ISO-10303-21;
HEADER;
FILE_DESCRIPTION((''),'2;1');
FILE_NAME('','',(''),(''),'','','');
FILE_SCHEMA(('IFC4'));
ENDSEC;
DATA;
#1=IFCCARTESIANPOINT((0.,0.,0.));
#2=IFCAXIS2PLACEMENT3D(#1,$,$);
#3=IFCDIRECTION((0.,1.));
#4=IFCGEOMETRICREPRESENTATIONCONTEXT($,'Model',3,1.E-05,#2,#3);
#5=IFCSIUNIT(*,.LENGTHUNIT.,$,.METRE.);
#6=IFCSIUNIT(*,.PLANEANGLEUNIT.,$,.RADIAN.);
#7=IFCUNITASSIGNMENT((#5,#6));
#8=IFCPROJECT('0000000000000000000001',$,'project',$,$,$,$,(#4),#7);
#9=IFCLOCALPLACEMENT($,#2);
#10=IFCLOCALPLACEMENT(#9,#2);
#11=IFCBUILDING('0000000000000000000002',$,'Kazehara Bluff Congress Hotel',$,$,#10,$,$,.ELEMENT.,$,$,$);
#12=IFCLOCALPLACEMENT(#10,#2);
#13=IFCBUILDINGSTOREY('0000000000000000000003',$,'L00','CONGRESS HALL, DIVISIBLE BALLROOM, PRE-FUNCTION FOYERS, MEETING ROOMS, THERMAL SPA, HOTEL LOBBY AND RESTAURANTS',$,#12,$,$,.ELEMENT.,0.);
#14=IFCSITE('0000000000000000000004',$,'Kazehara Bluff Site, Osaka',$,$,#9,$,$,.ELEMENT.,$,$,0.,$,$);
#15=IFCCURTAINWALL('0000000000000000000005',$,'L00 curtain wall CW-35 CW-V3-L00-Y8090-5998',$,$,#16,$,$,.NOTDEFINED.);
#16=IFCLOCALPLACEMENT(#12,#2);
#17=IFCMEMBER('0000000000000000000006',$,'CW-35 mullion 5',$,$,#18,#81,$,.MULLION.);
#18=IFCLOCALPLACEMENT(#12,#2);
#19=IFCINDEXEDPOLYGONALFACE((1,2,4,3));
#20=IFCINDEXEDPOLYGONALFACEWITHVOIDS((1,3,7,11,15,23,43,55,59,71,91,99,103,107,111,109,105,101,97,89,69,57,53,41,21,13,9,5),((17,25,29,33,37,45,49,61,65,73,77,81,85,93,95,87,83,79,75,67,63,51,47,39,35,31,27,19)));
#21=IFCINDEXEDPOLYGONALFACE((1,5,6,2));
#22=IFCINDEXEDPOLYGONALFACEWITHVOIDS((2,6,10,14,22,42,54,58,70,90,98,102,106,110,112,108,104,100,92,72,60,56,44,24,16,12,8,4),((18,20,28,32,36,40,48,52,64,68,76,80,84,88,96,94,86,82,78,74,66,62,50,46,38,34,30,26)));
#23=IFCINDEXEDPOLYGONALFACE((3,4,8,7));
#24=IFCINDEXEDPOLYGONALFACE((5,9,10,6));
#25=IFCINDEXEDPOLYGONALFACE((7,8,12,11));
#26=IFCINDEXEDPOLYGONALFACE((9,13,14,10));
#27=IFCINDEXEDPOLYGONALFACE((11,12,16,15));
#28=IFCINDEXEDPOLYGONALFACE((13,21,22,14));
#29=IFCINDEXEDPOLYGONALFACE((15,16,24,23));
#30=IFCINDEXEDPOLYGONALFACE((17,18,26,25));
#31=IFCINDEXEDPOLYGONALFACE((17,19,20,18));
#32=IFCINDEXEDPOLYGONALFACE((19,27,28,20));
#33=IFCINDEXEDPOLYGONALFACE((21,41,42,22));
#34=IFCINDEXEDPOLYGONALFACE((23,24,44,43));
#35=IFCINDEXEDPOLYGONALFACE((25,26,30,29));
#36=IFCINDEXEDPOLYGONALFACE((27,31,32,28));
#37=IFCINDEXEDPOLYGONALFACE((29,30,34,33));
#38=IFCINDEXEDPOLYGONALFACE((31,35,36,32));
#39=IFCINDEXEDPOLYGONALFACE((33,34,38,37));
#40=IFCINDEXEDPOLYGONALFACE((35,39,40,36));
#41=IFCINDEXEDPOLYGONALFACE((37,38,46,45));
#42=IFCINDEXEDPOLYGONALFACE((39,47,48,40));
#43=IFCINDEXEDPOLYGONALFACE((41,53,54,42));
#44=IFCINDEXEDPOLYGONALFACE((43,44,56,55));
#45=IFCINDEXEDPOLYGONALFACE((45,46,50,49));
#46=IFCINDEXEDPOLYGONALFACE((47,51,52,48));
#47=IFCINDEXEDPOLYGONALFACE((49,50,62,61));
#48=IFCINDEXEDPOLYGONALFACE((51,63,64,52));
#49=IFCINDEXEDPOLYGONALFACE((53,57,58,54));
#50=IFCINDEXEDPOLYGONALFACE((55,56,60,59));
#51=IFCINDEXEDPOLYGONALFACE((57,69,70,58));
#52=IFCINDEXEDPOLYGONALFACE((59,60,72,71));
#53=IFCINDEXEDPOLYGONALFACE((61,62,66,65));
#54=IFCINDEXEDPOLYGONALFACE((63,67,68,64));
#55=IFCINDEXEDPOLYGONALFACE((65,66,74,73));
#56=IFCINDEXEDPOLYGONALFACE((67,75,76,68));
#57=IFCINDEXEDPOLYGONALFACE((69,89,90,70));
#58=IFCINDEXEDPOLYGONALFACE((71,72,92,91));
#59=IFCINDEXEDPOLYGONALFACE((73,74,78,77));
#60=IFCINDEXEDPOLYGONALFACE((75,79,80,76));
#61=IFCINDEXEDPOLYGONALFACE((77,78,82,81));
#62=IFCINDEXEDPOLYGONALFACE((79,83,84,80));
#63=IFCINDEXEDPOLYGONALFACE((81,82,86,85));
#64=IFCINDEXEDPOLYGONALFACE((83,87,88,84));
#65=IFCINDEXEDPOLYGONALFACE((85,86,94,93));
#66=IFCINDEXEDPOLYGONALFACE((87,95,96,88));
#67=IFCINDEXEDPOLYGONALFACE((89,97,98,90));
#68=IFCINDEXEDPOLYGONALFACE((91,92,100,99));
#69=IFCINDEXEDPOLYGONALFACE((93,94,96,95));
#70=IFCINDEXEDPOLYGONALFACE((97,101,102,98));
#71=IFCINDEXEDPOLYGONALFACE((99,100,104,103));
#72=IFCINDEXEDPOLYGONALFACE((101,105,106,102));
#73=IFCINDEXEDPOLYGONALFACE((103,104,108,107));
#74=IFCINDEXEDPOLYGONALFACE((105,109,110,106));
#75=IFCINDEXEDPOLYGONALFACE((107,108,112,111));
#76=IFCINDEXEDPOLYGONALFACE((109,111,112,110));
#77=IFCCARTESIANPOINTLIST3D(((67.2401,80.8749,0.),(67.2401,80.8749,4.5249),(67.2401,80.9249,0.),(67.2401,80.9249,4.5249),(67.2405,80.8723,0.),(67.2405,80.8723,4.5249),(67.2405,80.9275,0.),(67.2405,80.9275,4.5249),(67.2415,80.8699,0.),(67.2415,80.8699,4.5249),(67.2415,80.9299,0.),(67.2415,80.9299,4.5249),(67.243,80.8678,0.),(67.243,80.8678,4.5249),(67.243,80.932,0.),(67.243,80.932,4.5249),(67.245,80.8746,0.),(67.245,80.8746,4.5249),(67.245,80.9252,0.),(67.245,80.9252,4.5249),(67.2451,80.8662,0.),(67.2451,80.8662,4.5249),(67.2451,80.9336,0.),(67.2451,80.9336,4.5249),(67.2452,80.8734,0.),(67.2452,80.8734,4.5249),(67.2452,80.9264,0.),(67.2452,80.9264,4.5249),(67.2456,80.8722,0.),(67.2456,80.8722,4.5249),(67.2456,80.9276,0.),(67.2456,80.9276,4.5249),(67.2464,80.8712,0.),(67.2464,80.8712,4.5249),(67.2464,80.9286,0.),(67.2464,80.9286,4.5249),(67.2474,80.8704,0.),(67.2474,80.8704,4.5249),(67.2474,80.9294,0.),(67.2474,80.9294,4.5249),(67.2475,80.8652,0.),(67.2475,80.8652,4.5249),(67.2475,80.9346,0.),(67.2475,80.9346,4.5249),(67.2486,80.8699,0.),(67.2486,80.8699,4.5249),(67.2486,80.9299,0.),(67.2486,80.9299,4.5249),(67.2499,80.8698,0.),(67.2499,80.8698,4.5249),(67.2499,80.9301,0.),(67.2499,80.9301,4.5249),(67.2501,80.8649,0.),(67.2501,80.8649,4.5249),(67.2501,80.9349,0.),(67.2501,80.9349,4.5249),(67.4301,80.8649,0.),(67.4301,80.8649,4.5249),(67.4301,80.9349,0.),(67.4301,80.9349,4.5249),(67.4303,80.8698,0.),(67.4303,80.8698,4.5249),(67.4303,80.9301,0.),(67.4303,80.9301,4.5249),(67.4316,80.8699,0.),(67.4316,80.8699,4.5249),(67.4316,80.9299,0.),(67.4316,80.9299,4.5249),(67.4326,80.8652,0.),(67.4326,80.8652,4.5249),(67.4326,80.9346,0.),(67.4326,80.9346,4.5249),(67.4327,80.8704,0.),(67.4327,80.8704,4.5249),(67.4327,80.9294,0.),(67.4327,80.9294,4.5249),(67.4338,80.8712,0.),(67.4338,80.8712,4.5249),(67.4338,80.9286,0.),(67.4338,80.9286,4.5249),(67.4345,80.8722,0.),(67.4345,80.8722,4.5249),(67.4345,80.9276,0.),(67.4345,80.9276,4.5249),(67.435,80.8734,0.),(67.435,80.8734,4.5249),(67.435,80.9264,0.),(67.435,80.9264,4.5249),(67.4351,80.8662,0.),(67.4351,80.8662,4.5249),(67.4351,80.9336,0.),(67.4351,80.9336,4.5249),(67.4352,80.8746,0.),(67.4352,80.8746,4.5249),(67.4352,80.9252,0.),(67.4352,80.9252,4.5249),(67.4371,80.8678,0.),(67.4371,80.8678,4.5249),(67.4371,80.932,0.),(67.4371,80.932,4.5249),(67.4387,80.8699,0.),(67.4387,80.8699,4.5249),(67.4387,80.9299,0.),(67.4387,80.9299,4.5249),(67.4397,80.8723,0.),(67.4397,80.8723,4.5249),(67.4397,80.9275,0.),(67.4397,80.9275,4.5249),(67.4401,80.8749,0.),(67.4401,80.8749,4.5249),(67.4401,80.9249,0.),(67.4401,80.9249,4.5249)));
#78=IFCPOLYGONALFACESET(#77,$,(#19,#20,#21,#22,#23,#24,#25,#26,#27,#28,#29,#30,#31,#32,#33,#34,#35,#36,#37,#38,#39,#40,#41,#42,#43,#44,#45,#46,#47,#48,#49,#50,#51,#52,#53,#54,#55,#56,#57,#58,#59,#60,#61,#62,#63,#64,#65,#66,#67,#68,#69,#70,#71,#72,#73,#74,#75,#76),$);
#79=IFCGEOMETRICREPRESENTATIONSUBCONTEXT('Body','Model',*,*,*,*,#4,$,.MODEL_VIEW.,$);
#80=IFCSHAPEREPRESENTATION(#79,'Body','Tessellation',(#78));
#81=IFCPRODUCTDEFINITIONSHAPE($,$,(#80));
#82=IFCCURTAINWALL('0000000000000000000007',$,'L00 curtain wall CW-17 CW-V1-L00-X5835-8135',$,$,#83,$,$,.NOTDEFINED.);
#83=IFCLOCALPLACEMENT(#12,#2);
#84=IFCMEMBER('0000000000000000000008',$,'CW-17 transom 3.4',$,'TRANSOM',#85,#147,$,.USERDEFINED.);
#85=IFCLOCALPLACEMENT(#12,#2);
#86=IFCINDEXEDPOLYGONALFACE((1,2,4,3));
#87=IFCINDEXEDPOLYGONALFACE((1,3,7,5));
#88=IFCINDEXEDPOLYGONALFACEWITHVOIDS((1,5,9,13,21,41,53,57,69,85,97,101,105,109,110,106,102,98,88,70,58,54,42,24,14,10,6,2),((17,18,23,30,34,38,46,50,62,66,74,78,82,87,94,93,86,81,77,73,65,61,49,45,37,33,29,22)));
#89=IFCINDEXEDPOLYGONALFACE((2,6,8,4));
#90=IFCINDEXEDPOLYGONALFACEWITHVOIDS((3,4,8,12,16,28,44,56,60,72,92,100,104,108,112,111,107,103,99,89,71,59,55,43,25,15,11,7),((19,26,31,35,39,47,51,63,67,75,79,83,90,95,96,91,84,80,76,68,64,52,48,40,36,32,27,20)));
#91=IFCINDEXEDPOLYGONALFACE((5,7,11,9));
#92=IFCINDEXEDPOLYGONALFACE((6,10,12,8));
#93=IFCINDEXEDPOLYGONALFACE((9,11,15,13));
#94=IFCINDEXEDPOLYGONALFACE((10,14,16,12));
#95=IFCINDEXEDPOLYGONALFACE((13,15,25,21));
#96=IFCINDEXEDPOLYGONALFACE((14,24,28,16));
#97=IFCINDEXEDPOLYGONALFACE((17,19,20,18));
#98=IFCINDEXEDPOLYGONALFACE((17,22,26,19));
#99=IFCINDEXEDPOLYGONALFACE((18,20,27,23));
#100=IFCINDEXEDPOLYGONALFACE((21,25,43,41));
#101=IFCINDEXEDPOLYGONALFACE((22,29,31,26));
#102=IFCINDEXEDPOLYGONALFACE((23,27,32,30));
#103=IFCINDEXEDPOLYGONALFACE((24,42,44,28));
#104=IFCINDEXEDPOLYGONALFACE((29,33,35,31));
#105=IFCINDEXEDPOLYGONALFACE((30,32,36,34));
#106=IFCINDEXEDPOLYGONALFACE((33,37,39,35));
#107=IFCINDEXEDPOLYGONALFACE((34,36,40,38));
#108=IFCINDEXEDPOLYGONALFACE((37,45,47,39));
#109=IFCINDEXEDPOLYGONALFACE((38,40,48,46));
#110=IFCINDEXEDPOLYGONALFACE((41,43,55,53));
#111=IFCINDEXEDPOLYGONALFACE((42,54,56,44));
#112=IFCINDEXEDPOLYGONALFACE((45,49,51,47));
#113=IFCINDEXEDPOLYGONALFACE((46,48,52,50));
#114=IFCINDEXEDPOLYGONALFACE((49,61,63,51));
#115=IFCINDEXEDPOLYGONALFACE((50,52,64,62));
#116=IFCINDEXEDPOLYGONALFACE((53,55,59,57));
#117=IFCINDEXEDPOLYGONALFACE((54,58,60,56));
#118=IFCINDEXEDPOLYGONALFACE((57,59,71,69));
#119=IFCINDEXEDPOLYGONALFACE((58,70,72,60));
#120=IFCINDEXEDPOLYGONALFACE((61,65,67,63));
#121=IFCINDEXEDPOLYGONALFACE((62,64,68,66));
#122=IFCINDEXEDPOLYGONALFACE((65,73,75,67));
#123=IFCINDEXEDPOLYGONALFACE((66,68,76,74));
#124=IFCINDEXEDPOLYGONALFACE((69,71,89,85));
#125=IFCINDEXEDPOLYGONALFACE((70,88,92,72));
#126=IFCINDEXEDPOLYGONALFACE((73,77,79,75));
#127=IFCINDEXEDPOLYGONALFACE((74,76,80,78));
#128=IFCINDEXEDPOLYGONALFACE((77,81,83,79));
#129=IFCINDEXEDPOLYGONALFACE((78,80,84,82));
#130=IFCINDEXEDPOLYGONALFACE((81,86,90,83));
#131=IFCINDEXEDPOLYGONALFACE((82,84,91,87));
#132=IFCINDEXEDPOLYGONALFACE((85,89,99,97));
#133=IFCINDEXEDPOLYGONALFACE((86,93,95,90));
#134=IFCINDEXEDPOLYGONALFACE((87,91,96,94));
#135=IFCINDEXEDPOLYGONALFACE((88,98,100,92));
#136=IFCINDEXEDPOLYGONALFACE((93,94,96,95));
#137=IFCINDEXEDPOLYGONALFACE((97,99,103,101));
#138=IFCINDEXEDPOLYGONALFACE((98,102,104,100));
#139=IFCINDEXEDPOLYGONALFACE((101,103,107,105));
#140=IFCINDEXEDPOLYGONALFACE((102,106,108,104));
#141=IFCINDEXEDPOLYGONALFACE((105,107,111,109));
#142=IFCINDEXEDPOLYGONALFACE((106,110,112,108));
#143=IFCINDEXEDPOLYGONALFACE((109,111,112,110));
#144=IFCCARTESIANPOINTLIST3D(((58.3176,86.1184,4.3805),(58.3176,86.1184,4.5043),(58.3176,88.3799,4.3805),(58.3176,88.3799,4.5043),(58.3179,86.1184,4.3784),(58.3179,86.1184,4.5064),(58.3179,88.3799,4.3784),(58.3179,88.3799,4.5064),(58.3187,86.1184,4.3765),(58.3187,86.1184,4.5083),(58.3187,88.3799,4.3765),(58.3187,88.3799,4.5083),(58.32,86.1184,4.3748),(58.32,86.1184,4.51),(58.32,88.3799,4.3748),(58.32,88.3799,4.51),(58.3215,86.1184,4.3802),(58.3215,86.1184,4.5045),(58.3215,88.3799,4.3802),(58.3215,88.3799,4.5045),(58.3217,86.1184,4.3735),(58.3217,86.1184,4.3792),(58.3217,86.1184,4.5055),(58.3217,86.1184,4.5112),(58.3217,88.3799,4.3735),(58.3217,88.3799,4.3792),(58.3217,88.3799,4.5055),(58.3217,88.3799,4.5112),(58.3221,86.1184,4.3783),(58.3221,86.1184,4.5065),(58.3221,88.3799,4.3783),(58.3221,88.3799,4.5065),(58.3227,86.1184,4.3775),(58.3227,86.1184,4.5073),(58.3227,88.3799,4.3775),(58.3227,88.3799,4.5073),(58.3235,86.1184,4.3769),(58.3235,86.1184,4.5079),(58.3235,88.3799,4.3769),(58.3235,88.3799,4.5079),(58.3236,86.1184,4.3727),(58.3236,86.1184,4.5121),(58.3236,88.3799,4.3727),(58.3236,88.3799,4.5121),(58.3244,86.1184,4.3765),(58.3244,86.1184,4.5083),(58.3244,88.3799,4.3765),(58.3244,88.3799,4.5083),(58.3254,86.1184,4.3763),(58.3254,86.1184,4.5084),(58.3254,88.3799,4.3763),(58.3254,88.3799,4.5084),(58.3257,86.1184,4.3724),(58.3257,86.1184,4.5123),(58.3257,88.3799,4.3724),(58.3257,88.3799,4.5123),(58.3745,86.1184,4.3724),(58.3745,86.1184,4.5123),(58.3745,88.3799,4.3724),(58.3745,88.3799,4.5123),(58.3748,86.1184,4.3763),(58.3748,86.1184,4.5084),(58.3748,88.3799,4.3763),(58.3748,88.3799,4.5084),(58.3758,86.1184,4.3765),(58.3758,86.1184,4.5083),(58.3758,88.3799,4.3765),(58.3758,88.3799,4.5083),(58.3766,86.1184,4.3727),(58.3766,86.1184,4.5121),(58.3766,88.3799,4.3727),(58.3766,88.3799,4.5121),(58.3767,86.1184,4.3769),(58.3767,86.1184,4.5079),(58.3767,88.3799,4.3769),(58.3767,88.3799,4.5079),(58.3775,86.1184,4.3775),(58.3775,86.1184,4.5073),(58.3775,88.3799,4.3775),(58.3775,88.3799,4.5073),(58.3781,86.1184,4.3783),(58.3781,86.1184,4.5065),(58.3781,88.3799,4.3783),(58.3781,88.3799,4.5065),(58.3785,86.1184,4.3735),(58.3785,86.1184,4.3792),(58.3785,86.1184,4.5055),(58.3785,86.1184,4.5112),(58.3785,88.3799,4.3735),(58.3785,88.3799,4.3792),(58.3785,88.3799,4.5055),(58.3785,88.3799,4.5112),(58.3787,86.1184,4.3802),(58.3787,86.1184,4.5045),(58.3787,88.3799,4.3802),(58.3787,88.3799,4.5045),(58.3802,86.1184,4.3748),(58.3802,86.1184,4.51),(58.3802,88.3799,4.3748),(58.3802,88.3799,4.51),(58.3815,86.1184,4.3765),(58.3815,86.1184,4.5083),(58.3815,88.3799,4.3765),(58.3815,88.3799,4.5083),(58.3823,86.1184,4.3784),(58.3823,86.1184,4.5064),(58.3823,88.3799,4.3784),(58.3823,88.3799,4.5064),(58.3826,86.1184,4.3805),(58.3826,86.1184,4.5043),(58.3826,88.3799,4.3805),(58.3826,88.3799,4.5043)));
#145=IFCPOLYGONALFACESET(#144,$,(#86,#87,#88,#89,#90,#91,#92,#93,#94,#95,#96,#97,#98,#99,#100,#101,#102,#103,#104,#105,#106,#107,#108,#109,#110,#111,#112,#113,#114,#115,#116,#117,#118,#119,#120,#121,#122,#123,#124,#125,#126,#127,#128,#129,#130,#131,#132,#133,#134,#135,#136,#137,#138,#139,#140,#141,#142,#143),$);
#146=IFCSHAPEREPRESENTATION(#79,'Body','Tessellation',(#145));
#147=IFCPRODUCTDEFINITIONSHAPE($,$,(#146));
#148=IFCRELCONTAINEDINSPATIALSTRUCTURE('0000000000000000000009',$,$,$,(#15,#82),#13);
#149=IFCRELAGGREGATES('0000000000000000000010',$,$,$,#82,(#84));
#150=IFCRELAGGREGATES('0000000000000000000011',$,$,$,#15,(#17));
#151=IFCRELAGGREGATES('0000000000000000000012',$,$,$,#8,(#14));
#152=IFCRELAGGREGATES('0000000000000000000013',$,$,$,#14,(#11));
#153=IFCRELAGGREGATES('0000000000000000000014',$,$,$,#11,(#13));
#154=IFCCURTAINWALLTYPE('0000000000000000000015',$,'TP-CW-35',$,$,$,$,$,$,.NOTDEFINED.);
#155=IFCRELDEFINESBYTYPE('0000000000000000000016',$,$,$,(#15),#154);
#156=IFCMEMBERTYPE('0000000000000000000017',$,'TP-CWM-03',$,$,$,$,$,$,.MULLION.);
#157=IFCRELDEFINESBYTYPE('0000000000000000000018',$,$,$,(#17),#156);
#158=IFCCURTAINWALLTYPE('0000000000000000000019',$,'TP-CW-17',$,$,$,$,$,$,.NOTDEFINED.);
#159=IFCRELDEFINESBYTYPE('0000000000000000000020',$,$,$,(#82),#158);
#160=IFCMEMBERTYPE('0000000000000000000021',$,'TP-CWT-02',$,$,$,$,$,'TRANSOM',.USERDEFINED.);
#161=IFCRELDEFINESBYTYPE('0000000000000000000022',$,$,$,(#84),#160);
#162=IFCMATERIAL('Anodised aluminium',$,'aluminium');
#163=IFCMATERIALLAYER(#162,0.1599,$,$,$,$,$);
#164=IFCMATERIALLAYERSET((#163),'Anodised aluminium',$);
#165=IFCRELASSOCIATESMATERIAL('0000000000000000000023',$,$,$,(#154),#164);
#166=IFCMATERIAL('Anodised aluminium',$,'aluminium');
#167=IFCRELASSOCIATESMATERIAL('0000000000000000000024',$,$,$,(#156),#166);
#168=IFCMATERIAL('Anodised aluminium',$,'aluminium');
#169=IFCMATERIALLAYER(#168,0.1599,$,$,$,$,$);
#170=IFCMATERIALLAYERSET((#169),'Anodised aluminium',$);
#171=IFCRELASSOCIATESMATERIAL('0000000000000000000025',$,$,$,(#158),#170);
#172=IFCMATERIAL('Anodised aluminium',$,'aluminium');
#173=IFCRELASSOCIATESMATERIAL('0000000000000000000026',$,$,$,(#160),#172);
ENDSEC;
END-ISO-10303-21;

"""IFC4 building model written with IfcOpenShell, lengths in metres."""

from ifc_helpers import new_model, si_unit, direction, frame, origin, origin_2d, place, context, subcontext, project, spatial, hollow_rectangle, extrude, material, layer, layer_set, material_profile, profile_set, type_object, element, aggregate, save


model = new_model("IFC4")

# Units and contexts
model_context = context("Model", 3, precision=1e-05, world=origin(), true_north=direction((0.0, 1.0)))
body_context = subcontext(model_context, "Body", "Model", "MODEL_VIEW")
ifc_project = project(units=[si_unit("LENGTHUNIT", "METRE"), si_unit("PLANEANGLEUNIT", "RADIAN")], contexts=[model_context])

# Site, building, storey
site_placement = place(None, origin())
site = spatial("IfcSite", under=ifc_project, at=site_placement, Name="Kazehara Bluff Site, Osaka", CompositionType="ELEMENT", RefElevation=0.0)
building_placement = place(site_placement, origin())
building = spatial("IfcBuilding", under=site, at=building_placement, Name="Kazehara Bluff Congress Hotel", CompositionType="ELEMENT")
storey_placement = place(building_placement, origin())
storey = spatial("IfcBuildingStorey", under=building, at=storey_placement, Name="L00", Description="CONGRESS HALL, DIVISIBLE BALLROOM, PRE-FUNCTION FOYERS, MEETING ROOMS, THERMAL SPA, HOTEL LOBBY AND RESTAURANTS", CompositionType="ELEMENT", Elevation=0.0)

# Curtain wall, member
ifc_material_1 = material(Name="Anodised aluminium", Category="aluminium")
ifc_layer_1 = layer(ifc_material_1, 0.1599)
ifc_layer_set_1 = layer_set([ifc_layer_1], Name="Anodised aluminium")
curtain_wall_type_1 = type_object("IfcCurtainWallType", Name="TP-CW-35", PredefinedType="NOTDEFINED", material=ifc_layer_set_1)
curtain_wall_1_placement = place(storey_placement, origin())
curtain_wall_1 = element("IfcCurtainWall", 1, at=curtain_wall_1_placement, inside=storey, type_object=curtain_wall_type_1, Name="L00 curtain wall CW-35 CW-V3-L00-Y8090-5998", PredefinedType="NOTDEFINED")
ifc_material_2 = material(Name="Anodised aluminium", Category="aluminium")
ifc_material_profile_1 = material_profile(ifc_material_2, hollow_rectangle(XDim=0.0701, YDim=0.2, WallThickness=0.0049, InnerFilletRadius=0.0049, OuterFilletRadius=0.01, at=origin_2d()))
ifc_profile_set_1 = profile_set([ifc_material_profile_1], Name="Anodised aluminium")
member_type_1 = type_object("IfcMemberType", Name="TP-CWM-03", PredefinedType="MULLION", material=ifc_profile_set_1)
member_1_placement = place(storey_placement, frame((67.3401, 80.8999, 0.0), z_axis=(0.0, 0.0, 1.0), x_axis=(0.0, 1.0, 0.0)))
member_1 = element("IfcMember", 2, at=member_1_placement, type_object=member_type_1, Name="CW-35 mullion 5", PredefinedType="MULLION", context=body_context, shape_type="SweptSolid", body=[
    extrude(hollow_rectangle(XDim=0.0701, YDim=0.2, WallThickness=0.0049, InnerFilletRadius=0.0049, OuterFilletRadius=0.01, at=origin_2d()), origin(), (0.0, 0.0, 1.0), 4.5249),
])

# Curtain wall, member
ifc_material_3 = material(Name="Anodised aluminium", Category="aluminium")
ifc_layer_2 = layer(ifc_material_3, 0.1599)
ifc_layer_set_2 = layer_set([ifc_layer_2], Name="Anodised aluminium")
curtain_wall_type_2 = type_object("IfcCurtainWallType", Name="TP-CW-17", PredefinedType="NOTDEFINED", material=ifc_layer_set_2)
curtain_wall_2_placement = place(storey_placement, origin())
curtain_wall_2 = element("IfcCurtainWall", 3, at=curtain_wall_2_placement, inside=storey, type_object=curtain_wall_type_2, Name="L00 curtain wall CW-17 CW-V1-L00-X5835-8135", PredefinedType="NOTDEFINED")
ifc_material_4 = material(Name="Anodised aluminium", Category="aluminium")
ifc_material_profile_2 = material_profile(ifc_material_4, hollow_rectangle(XDim=0.0649, YDim=0.1399, WallThickness=0.0039, InnerFilletRadius=0.0039, OuterFilletRadius=0.0081, at=origin_2d()))
ifc_profile_set_2 = profile_set([ifc_material_profile_2], Name="Anodised aluminium")
member_type_2 = type_object("IfcMemberType", Name="TP-CWT-02", ElementType="TRANSOM", PredefinedType="USERDEFINED", material=ifc_profile_set_2)
member_2_placement = place(storey_placement, frame((58.3501, 86.1184, 4.4424), z_axis=(0.0, 1.0, 0.0), x_axis=(-1.0, 0.0, 0.0)))
member_2 = element("IfcMember", 4, at=member_2_placement, type_object=member_type_2, Name="CW-17 transom 3.4", ObjectType="TRANSOM", PredefinedType="USERDEFINED", context=body_context, shape_type="SweptSolid", body=[
    extrude(hollow_rectangle(XDim=0.0649, YDim=0.1399, WallThickness=0.0039, InnerFilletRadius=0.0039, OuterFilletRadius=0.0081, at=origin_2d()), origin(), (0.0, 0.0, 1.0), 2.2615),
])

aggregate(curtain_wall_2, [member_2])
aggregate(curtain_wall_1, [member_1])

save(model, "model.ifc")
